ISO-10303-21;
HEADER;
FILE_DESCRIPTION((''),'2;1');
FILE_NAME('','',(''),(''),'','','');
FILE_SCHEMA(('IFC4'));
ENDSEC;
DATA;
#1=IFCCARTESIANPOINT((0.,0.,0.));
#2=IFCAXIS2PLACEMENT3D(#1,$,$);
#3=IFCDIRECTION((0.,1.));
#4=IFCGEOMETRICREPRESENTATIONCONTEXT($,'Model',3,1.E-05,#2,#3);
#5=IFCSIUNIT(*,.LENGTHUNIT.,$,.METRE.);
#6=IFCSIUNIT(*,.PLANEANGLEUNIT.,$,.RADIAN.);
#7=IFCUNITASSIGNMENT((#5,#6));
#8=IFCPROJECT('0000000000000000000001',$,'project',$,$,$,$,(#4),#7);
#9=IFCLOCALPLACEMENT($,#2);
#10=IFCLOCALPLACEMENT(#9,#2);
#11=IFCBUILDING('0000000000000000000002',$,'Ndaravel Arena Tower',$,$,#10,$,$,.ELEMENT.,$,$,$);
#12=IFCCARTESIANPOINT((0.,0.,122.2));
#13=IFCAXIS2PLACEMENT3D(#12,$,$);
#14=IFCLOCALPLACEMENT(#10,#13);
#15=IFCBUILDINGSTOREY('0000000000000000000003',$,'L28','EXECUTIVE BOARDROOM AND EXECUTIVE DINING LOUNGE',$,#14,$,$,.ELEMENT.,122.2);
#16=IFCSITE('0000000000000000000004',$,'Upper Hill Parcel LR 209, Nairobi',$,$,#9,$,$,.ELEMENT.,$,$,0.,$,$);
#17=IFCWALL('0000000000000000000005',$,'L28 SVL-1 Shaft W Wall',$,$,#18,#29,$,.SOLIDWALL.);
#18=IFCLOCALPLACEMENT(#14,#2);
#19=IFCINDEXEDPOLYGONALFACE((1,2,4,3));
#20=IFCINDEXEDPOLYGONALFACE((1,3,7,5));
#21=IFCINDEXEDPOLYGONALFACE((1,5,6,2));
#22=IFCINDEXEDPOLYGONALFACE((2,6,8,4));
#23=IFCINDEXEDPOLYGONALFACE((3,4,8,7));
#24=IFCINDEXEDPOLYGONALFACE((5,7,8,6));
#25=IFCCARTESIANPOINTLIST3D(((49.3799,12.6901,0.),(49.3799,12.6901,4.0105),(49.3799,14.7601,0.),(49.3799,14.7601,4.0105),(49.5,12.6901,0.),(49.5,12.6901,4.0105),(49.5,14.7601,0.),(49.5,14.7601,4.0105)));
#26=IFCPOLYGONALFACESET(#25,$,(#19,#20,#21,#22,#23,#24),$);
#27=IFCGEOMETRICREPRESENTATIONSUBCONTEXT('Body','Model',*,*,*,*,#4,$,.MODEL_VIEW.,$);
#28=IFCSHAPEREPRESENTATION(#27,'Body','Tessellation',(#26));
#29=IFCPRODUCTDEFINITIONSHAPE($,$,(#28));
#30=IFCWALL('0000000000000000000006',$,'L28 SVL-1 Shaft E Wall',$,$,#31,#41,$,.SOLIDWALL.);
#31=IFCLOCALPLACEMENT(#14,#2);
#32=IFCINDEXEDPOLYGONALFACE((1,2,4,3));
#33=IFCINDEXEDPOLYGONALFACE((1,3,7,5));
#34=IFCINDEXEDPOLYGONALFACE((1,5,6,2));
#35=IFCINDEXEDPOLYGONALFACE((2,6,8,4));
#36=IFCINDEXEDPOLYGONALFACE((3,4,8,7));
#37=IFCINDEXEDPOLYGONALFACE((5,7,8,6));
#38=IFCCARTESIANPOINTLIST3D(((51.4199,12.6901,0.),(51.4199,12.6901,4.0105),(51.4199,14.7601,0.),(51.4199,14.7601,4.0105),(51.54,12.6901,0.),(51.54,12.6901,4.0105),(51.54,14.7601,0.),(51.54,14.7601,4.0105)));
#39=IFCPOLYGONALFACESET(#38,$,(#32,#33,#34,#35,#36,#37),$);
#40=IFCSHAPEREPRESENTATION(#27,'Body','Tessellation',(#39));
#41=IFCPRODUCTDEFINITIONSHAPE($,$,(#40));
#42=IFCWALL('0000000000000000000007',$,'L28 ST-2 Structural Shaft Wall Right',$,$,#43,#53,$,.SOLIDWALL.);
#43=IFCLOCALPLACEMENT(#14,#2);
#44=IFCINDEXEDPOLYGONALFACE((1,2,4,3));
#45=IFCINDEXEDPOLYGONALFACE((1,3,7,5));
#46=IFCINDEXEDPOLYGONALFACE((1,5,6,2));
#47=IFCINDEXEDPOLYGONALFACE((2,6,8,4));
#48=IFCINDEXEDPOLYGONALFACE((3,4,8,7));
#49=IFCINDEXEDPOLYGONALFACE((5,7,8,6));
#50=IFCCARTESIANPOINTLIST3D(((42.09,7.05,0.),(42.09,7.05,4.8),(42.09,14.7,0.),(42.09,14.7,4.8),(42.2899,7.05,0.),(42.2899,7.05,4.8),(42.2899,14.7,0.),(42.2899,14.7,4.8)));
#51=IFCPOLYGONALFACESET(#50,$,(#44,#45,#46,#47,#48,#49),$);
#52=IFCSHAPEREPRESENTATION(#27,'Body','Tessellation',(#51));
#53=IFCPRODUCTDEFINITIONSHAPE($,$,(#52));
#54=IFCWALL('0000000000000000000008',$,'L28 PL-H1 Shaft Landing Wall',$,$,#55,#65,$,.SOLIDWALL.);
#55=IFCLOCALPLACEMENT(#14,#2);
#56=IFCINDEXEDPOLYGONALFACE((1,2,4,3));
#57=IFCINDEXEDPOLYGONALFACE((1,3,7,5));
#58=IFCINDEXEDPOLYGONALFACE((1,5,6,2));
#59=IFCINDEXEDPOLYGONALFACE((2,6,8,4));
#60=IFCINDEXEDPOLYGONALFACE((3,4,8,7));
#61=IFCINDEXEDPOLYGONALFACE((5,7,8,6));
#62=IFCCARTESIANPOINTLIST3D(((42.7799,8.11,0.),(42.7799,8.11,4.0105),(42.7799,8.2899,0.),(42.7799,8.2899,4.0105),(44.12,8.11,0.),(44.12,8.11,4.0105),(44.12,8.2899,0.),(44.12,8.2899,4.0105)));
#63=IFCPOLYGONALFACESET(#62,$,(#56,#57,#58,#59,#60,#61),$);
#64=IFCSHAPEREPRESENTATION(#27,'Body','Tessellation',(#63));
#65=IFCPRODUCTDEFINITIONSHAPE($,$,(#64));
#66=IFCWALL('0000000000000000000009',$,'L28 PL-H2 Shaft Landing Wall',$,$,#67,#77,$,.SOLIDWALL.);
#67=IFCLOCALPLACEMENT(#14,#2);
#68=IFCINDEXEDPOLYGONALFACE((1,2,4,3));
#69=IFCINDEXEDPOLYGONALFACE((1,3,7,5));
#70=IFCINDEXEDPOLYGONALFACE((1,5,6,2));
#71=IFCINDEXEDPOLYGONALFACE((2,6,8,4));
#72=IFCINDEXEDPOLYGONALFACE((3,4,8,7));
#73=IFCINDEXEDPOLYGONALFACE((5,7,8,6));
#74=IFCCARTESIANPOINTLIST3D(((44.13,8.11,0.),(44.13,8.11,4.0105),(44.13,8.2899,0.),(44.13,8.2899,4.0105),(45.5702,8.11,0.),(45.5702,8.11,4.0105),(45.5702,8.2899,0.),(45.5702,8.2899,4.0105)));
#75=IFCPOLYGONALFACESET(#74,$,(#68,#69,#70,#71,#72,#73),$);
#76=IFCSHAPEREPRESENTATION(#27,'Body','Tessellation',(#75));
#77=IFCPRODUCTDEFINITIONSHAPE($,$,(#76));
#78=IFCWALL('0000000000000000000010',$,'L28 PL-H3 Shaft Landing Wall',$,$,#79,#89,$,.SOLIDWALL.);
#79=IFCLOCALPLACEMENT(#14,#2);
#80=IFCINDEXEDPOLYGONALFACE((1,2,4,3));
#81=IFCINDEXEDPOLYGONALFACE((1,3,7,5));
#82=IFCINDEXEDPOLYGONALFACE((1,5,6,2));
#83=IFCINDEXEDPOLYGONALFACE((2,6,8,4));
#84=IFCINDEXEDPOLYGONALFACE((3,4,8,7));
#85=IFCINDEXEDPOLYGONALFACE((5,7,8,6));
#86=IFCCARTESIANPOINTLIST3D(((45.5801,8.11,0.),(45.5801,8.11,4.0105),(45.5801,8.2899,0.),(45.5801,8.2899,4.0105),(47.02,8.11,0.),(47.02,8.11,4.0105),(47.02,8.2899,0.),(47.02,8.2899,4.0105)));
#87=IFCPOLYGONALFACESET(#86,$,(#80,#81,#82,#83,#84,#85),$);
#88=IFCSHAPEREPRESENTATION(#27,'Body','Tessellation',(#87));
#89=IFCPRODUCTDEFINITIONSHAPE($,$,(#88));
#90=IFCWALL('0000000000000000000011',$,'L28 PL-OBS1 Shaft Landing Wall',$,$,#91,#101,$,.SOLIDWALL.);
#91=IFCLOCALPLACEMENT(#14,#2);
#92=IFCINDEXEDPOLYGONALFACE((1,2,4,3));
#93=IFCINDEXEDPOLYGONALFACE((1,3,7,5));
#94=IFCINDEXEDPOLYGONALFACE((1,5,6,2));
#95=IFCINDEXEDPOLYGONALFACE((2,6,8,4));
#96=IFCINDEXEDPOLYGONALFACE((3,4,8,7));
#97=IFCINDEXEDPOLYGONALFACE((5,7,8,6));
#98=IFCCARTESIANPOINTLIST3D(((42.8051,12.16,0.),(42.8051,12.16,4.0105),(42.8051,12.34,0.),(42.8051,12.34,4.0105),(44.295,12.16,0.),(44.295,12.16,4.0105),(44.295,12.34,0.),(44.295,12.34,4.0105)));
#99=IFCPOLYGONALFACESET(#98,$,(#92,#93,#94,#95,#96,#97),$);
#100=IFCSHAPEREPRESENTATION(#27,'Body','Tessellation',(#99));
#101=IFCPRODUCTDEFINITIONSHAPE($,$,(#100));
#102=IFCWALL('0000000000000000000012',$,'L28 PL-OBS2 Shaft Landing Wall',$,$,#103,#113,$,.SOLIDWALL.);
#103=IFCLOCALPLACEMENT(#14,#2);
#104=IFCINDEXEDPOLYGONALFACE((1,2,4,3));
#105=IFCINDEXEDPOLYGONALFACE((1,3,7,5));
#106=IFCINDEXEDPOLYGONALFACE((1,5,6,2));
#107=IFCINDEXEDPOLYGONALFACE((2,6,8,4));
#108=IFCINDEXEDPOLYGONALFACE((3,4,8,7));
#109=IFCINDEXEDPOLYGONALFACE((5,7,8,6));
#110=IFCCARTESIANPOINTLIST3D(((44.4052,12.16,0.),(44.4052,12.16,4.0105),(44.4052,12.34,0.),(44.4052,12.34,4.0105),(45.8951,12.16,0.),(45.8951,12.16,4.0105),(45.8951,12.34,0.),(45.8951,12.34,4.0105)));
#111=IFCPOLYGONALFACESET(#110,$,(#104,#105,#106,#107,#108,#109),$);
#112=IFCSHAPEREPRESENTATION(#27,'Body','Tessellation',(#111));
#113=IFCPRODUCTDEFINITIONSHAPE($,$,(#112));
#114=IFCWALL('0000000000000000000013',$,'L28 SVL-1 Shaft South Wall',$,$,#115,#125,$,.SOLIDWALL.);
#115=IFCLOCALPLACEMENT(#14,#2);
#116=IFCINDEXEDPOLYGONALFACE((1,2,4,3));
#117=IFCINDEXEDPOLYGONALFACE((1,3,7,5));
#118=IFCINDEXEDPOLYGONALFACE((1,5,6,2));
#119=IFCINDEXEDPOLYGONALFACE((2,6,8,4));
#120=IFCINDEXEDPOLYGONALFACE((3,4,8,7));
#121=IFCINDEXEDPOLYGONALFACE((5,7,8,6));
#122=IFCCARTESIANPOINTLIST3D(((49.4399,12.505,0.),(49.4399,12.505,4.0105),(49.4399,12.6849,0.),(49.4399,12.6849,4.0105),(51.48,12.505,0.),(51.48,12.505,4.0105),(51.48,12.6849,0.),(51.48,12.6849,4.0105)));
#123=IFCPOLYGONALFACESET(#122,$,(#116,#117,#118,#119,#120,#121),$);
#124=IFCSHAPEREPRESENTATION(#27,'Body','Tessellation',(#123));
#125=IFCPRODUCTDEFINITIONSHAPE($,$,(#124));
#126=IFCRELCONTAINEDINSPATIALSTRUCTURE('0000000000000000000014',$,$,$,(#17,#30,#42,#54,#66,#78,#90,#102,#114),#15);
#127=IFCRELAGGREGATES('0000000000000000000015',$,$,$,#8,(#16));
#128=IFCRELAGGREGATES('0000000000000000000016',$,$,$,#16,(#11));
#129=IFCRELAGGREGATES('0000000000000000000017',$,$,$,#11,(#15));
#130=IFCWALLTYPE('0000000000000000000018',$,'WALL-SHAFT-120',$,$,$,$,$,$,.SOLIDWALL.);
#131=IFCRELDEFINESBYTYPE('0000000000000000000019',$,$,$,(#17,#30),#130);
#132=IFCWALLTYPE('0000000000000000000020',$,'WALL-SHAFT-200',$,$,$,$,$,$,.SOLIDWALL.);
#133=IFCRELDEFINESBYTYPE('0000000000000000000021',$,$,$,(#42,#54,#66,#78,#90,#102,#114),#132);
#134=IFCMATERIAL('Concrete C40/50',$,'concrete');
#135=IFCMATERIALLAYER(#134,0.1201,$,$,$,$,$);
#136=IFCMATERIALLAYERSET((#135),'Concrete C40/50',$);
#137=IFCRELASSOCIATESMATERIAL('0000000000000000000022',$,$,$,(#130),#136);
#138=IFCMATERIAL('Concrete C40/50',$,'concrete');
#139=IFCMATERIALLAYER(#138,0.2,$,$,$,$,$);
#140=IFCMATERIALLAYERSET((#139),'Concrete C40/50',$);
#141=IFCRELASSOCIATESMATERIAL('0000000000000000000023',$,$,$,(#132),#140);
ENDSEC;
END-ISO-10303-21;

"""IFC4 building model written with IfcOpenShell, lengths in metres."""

from ifc_helpers import new_model, si_unit, direction, frame, frame_2d, origin, place, context, subcontext, project, spatial, rectangle, extrude, material, layer, layer_set, type_object, element, save


model = new_model("IFC4")

# Units and contexts
model_context = context("Model", 3, precision=1e-05, world=origin(), true_north=direction((0.0, 1.0)))
body_context = subcontext(model_context, "Body", "Model", "MODEL_VIEW")
ifc_project = project(units=[si_unit("LENGTHUNIT", "METRE"), si_unit("PLANEANGLEUNIT", "RADIAN")], contexts=[model_context])

# Site, building, storey
site_placement = place(None, origin())
site = spatial("IfcSite", under=ifc_project, at=site_placement, Name="Upper Hill Parcel LR 209, Nairobi", CompositionType="ELEMENT", RefElevation=0.0)
building_placement = place(site_placement, origin())
building = spatial("IfcBuilding", under=site, at=building_placement, Name="Ndaravel Arena Tower", CompositionType="ELEMENT")
storey_placement = place(building_placement, frame((0.0, 0.0, 122.2)))
storey = spatial("IfcBuildingStorey", under=building, at=storey_placement, Name="L28", Description="EXECUTIVE BOARDROOM AND EXECUTIVE DINING LOUNGE", CompositionType="ELEMENT", Elevation=122.2)

# Walls
ifc_material_1 = material(Name="Concrete C40/50", Category="concrete")
ifc_layer_1 = layer(ifc_material_1, 0.1201)
ifc_layer_set_1 = layer_set([ifc_layer_1], Name="Concrete C40/50")
wall_type_1 = type_object("IfcWallType", Name="WALL-SHAFT-120", PredefinedType="SOLIDWALL", material=ifc_layer_set_1)
for number, where, z_axis, x_axis, name in (
    (1, (49.4399, 12.6899, 0.0), (0.0, 0.0, 1.0), (0.0, 1.0, 0.0), "L28 SVL-1 Shaft W Wall"),
    (2, (51.48, 12.6899, 0.0), (0.0, 0.0, 1.0), (0.0, 1.0, 0.0), "L28 SVL-1 Shaft E Wall"),
):
    element("IfcWall", number, at=place(storey_placement, frame(where, z_axis=z_axis, x_axis=x_axis)), inside=storey, type_object=wall_type_1, Name=name, PredefinedType="SOLIDWALL", context=body_context, shape_type="SweptSolid", body=[
        extrude(rectangle(XDim=2.0701, YDim=0.1201, at=frame_2d((1.0352, 0.0))), origin(), (0.0, 0.0, 1.0), 4.0105),
    ])
ifc_material_2 = material(Name="Concrete C40/50", Category="concrete")
ifc_layer_2 = layer(ifc_material_2, 0.2)
ifc_layer_set_2 = layer_set([ifc_layer_2], Name="Concrete C40/50")
wall_type_2 = type_object("IfcWallType", Name="WALL-SHAFT-200", PredefinedType="SOLIDWALL", material=ifc_layer_set_2)
wall_1_placement = place(storey_placement, frame((42.1899, 14.7, 0.0), z_axis=(0.0, 0.0, 1.0), x_axis=(0.0, -1.0, 0.0)))
element("IfcWall", 3, at=wall_1_placement, inside=storey, type_object=wall_type_2, Name="L28 ST-2 Structural Shaft Wall Right", PredefinedType="SOLIDWALL", context=body_context, shape_type="SweptSolid", body=[
    extrude(rectangle(XDim=7.6499, YDim=0.2, at=frame_2d((3.825, 0.0))), origin(), (0.0, 0.0, 1.0), 4.8),
])
wall_2_placement = place(storey_placement, frame((42.78, 8.2, 0.0), z_axis=(0.0, 0.0, 1.0), x_axis=(1.0, 0.0, 0.0)))
element("IfcWall", 4, at=wall_2_placement, inside=storey, type_object=wall_type_2, Name="L28 PL-H1 Shaft Landing Wall", PredefinedType="SOLIDWALL", context=body_context, shape_type="SweptSolid", body=[
    extrude(rectangle(XDim=1.3401, YDim=0.1799, at=frame_2d((0.6699, 0.0))), origin(), (0.0, 0.0, 1.0), 4.0105),
])
wall_3_placement = place(storey_placement, frame((44.1299, 8.2, 0.0), z_axis=(0.0, 0.0, 1.0), x_axis=(1.0, 0.0, 0.0)))
element("IfcWall", 5, at=wall_3_placement, inside=storey, type_object=wall_type_2, Name="L28 PL-H2 Shaft Landing Wall", PredefinedType="SOLIDWALL", context=body_context, shape_type="SweptSolid", body=[
    extrude(rectangle(XDim=1.4402, YDim=0.1799, at=frame_2d((0.7202, 0.0))), origin(), (0.0, 0.0, 1.0), 4.0105),
])
wall_4_placement = place(storey_placement, frame((45.5801, 8.2, 0.0), z_axis=(0.0, 0.0, 1.0), x_axis=(1.0, 0.0, 0.0)))
element("IfcWall", 6, at=wall_4_placement, inside=storey, type_object=wall_type_2, Name="L28 PL-H3 Shaft Landing Wall", PredefinedType="SOLIDWALL", context=body_context, shape_type="SweptSolid", body=[
    extrude(rectangle(XDim=1.4399, YDim=0.1799, at=frame_2d((0.72, 0.0))), origin(), (0.0, 0.0, 1.0), 4.0105),
])
for number, where, z_axis, x_axis, name in (
    (7, (42.8049, 12.25, 0.0), (0.0, 0.0, 1.0), (1.0, 0.0, 0.0), "L28 PL-OBS1 Shaft Landing Wall"),
    (8, (44.405, 12.25, 0.0), (0.0, 0.0, 1.0), (1.0, 0.0, 0.0), "L28 PL-OBS2 Shaft Landing Wall"),
):
    element("IfcWall", number, at=place(storey_placement, frame(where, z_axis=z_axis, x_axis=x_axis)), inside=storey, type_object=wall_type_2, Name=name, PredefinedType="SOLIDWALL", context=body_context, shape_type="SweptSolid", body=[
        extrude(rectangle(XDim=1.49, YDim=0.1799, at=frame_2d((0.7451, 0.0))), origin(), (0.0, 0.0, 1.0), 4.0105),
    ])

# Wall
wall_5_placement = place(storey_placement, frame((49.4399, 12.595, 0.0), z_axis=(0.0, 0.0, 1.0), x_axis=(1.0, 0.0, 0.0)))
element("IfcWall", 9, at=wall_5_placement, inside=storey, type_object=wall_type_2, Name="L28 SVL-1 Shaft South Wall", PredefinedType="SOLIDWALL", context=body_context, shape_type="SweptSolid", body=[
    extrude(rectangle(XDim=2.04, YDim=0.1799, at=frame_2d((1.02, 0.0))), origin(), (0.0, 0.0, 1.0), 4.0105),
])

save(model, "model.ifc")
